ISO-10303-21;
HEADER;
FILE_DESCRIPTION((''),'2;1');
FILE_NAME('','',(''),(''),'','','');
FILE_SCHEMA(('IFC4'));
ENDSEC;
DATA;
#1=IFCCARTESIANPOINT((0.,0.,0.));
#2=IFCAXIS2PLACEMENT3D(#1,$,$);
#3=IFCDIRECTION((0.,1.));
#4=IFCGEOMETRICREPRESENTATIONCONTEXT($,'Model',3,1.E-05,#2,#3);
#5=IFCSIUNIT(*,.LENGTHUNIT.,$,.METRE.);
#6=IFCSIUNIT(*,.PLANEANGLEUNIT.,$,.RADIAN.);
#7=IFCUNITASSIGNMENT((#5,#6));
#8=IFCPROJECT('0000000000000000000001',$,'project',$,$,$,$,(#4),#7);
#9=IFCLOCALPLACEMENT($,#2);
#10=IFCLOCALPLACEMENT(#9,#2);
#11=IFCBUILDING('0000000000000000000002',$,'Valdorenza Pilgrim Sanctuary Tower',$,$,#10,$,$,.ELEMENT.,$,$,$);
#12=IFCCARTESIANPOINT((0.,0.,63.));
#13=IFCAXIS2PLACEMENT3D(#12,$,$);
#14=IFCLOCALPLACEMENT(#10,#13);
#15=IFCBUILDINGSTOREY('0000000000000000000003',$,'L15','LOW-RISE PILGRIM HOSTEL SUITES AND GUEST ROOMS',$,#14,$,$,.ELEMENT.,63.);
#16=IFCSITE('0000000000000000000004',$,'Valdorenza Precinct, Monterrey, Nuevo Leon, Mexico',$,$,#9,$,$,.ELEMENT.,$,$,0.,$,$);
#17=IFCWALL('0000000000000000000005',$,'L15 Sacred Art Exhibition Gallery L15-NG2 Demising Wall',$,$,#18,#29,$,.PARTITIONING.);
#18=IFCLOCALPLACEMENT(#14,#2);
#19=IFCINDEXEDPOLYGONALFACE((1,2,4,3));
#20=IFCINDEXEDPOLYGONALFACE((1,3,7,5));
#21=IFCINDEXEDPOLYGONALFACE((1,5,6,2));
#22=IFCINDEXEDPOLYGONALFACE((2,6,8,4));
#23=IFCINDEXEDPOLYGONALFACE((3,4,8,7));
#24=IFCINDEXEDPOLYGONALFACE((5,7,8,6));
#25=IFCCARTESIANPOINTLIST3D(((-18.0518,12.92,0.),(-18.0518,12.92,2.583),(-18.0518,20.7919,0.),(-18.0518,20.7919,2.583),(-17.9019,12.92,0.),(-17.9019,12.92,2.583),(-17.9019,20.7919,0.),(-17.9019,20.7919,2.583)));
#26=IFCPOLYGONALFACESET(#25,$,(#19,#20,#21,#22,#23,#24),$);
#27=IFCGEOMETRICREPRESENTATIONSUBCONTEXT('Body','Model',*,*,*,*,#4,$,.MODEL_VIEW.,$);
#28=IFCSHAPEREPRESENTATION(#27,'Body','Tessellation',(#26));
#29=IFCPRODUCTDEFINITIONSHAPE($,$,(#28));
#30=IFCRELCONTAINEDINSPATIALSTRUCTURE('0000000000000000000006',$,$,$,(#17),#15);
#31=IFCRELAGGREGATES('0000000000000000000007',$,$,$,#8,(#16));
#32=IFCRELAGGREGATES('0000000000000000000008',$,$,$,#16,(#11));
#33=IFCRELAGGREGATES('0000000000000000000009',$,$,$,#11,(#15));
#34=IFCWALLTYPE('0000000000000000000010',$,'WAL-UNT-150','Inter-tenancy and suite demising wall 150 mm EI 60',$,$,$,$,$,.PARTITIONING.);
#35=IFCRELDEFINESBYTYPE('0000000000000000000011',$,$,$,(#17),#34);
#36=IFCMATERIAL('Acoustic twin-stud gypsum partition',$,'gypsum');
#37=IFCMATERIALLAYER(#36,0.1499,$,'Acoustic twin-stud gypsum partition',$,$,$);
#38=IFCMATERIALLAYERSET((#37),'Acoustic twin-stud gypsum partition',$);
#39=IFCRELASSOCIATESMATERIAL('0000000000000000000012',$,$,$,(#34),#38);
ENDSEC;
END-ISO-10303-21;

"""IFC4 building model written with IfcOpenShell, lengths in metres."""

from ifc_helpers import new_model, si_unit, direction, frame, frame_2d, origin, place, context, subcontext, project, spatial, rectangle, extrude, material, layer, layer_set, type_object, element, save


model = new_model("IFC4")

# Units and contexts
model_context = context("Model", 3, precision=1e-05, world=origin(), true_north=direction((0.0, 1.0)))
body_context = subcontext(model_context, "Body", "Model", "MODEL_VIEW")
ifc_project = project(units=[si_unit("LENGTHUNIT", "METRE"), si_unit("PLANEANGLEUNIT", "RADIAN")], contexts=[model_context])

# Site, building, storey
site_placement = place(None, origin())
site = spatial("IfcSite", under=ifc_project, at=site_placement, Name="Valdorenza Precinct, Monterrey, Nuevo Leon, Mexico", CompositionType="ELEMENT", RefElevation=0.0)
building_placement = place(site_placement, origin())
building = spatial("IfcBuilding", under=site, at=building_placement, Name="Valdorenza Pilgrim Sanctuary Tower", CompositionType="ELEMENT")
storey_placement = place(building_placement, frame((0.0, 0.0, 63.0)))
storey = spatial("IfcBuildingStorey", under=building, at=storey_placement, Name="L15", Description="LOW-RISE PILGRIM HOSTEL SUITES AND GUEST ROOMS", CompositionType="ELEMENT", Elevation=63.0)

# Wall
ifc_material_1 = material(Name="Acoustic twin-stud gypsum partition", Category="gypsum")
ifc_layer_1 = layer(ifc_material_1, 0.1499, Name="Acoustic twin-stud gypsum partition")
ifc_layer_set_1 = layer_set([ifc_layer_1], Name="Acoustic twin-stud gypsum partition")
wall_type_1 = type_object("IfcWallType", Name="WAL-UNT-150", Description="Inter-tenancy and suite demising wall 150 mm EI 60", PredefinedType="PARTITIONING", material=ifc_layer_set_1)
wall_1_placement = place(storey_placement, frame((-17.9768, 12.9199, 0.0), z_axis=(0.0, 0.0, 1.0), x_axis=(0.0, 1.0, 0.0)))
element("IfcWall", 1, at=wall_1_placement, inside=storey, type_object=wall_type_1, Name="L15 Sacred Art Exhibition Gallery L15-NG2 Demising Wall", PredefinedType="PARTITIONING", context=body_context, shape_type="SweptSolid", body=[
    extrude(rectangle(XDim=7.8718, YDim=0.1499, at=frame_2d((3.936, 0.0))), origin(), (0.0, 0.0, 1.0), 2.583),
])

save(model, "model.ifc")
